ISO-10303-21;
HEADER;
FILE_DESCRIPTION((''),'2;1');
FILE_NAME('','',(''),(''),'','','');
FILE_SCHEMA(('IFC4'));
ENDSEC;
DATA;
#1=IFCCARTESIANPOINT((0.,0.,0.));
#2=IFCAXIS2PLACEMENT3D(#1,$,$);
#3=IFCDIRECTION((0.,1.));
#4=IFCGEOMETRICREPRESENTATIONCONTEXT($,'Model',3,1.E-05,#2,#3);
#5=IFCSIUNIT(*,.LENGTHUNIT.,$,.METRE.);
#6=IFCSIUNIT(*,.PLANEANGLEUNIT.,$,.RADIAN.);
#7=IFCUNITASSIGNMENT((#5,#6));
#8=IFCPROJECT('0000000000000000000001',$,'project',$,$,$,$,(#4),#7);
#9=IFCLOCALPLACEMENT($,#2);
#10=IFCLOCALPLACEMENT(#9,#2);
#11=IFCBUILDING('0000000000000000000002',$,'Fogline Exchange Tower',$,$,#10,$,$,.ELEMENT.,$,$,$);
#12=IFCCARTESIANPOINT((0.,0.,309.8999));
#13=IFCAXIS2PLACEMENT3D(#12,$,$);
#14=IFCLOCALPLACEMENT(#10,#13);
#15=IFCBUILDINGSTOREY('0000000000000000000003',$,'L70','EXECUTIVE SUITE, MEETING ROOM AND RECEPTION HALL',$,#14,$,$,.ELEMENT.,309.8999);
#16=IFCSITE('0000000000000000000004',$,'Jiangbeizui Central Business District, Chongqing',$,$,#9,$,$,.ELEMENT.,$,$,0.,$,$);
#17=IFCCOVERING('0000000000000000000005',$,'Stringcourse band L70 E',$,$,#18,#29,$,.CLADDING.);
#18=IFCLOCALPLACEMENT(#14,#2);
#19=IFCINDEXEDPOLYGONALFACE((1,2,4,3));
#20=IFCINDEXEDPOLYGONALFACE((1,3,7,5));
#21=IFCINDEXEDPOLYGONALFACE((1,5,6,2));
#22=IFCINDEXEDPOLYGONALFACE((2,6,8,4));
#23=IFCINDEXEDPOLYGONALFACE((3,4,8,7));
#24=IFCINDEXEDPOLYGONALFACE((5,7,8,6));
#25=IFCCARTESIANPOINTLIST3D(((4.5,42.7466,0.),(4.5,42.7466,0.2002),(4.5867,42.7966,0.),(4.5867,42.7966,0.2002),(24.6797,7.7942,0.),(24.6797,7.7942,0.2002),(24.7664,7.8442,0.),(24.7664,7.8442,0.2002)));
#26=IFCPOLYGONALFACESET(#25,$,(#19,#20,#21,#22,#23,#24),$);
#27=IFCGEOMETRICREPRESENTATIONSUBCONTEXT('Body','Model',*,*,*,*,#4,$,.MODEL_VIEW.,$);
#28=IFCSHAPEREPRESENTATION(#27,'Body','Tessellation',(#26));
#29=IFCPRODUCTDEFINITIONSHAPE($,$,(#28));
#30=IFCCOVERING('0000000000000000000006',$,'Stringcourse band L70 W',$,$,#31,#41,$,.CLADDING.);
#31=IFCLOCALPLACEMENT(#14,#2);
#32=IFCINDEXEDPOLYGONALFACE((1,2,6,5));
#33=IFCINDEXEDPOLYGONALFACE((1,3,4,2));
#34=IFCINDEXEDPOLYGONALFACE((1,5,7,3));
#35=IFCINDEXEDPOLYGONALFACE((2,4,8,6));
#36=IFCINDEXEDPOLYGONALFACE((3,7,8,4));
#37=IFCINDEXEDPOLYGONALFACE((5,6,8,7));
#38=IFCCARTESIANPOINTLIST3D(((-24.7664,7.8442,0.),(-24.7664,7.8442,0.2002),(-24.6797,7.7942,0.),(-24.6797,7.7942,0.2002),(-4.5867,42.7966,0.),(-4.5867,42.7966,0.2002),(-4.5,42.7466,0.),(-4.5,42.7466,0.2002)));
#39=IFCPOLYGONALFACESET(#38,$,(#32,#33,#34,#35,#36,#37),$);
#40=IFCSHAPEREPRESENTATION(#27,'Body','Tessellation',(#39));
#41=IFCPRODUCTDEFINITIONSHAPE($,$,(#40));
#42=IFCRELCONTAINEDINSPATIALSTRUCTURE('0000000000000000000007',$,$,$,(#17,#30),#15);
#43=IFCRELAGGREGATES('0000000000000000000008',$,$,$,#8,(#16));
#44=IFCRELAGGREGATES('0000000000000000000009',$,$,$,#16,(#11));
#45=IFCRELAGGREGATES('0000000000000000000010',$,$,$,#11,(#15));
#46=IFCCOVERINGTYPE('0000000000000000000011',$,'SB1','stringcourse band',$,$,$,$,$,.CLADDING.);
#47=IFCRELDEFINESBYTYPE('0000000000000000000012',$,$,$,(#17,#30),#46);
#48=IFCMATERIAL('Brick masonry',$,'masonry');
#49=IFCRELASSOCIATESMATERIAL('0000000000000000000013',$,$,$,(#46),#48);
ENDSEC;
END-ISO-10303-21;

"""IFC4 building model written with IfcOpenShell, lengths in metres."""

from ifc_helpers import new_model, si_unit, direction, frame, origin, place, context, subcontext, project, spatial, polyline, outline, extrude, material, type_object, element, save


model = new_model("IFC4")

# Units and contexts
model_context = context("Model", 3, precision=1e-05, world=origin(), true_north=direction((0.0, 1.0)))
body_context = subcontext(model_context, "Body", "Model", "MODEL_VIEW")
ifc_project = project(units=[si_unit("LENGTHUNIT", "METRE"), si_unit("PLANEANGLEUNIT", "RADIAN")], contexts=[model_context])

# Site, building, storey
site_placement = place(None, origin())
site = spatial("IfcSite", under=ifc_project, at=site_placement, Name="Jiangbeizui Central Business District, Chongqing", CompositionType="ELEMENT", RefElevation=0.0)
building_placement = place(site_placement, origin())
building = spatial("IfcBuilding", under=site, at=building_placement, Name="Fogline Exchange Tower", CompositionType="ELEMENT")
storey_placement = place(building_placement, frame((0.0, 0.0, 309.8999)))
storey = spatial("IfcBuildingStorey", under=building, at=storey_placement, Name="L70", Description="EXECUTIVE SUITE, MEETING ROOM AND RECEPTION HALL", CompositionType="ELEMENT", Elevation=309.8999)

# Coverings
ifc_material_1 = material(Name="Brick masonry", Category="masonry")
covering_type = type_object("IfcCoveringType", Name="SB1", Description="stringcourse band", PredefinedType="CLADDING", material=ifc_material_1)
covering_1_placement = place(storey_placement, origin())
element("IfcCovering", 1, at=covering_1_placement, inside=storey, type_object=covering_type, Name="Stringcourse band L70 E", PredefinedType="CLADDING", context=body_context, shape_type="SweptSolid", body=[
    extrude(outline(polyline([(24.6797, 7.7942), (24.7664, 7.8442), (4.5867, 42.7966), (4.5, 42.7466), (24.6797, 7.7942)])), origin(), (0.0, 0.0, 1.0), 0.2002),
])
covering_2_placement = place(storey_placement, origin())
element("IfcCovering", 2, at=covering_2_placement, inside=storey, type_object=covering_type, Name="Stringcourse band L70 W", PredefinedType="CLADDING", context=body_context, shape_type="SweptSolid", body=[
    extrude(outline(polyline([(-4.5, 42.7466), (-4.5867, 42.7966), (-24.7664, 7.8442), (-24.6797, 7.7942), (-4.5, 42.7466)])), origin(), (0.0, 0.0, 1.0), 0.2002),
])

save(model, "model.ifc")
